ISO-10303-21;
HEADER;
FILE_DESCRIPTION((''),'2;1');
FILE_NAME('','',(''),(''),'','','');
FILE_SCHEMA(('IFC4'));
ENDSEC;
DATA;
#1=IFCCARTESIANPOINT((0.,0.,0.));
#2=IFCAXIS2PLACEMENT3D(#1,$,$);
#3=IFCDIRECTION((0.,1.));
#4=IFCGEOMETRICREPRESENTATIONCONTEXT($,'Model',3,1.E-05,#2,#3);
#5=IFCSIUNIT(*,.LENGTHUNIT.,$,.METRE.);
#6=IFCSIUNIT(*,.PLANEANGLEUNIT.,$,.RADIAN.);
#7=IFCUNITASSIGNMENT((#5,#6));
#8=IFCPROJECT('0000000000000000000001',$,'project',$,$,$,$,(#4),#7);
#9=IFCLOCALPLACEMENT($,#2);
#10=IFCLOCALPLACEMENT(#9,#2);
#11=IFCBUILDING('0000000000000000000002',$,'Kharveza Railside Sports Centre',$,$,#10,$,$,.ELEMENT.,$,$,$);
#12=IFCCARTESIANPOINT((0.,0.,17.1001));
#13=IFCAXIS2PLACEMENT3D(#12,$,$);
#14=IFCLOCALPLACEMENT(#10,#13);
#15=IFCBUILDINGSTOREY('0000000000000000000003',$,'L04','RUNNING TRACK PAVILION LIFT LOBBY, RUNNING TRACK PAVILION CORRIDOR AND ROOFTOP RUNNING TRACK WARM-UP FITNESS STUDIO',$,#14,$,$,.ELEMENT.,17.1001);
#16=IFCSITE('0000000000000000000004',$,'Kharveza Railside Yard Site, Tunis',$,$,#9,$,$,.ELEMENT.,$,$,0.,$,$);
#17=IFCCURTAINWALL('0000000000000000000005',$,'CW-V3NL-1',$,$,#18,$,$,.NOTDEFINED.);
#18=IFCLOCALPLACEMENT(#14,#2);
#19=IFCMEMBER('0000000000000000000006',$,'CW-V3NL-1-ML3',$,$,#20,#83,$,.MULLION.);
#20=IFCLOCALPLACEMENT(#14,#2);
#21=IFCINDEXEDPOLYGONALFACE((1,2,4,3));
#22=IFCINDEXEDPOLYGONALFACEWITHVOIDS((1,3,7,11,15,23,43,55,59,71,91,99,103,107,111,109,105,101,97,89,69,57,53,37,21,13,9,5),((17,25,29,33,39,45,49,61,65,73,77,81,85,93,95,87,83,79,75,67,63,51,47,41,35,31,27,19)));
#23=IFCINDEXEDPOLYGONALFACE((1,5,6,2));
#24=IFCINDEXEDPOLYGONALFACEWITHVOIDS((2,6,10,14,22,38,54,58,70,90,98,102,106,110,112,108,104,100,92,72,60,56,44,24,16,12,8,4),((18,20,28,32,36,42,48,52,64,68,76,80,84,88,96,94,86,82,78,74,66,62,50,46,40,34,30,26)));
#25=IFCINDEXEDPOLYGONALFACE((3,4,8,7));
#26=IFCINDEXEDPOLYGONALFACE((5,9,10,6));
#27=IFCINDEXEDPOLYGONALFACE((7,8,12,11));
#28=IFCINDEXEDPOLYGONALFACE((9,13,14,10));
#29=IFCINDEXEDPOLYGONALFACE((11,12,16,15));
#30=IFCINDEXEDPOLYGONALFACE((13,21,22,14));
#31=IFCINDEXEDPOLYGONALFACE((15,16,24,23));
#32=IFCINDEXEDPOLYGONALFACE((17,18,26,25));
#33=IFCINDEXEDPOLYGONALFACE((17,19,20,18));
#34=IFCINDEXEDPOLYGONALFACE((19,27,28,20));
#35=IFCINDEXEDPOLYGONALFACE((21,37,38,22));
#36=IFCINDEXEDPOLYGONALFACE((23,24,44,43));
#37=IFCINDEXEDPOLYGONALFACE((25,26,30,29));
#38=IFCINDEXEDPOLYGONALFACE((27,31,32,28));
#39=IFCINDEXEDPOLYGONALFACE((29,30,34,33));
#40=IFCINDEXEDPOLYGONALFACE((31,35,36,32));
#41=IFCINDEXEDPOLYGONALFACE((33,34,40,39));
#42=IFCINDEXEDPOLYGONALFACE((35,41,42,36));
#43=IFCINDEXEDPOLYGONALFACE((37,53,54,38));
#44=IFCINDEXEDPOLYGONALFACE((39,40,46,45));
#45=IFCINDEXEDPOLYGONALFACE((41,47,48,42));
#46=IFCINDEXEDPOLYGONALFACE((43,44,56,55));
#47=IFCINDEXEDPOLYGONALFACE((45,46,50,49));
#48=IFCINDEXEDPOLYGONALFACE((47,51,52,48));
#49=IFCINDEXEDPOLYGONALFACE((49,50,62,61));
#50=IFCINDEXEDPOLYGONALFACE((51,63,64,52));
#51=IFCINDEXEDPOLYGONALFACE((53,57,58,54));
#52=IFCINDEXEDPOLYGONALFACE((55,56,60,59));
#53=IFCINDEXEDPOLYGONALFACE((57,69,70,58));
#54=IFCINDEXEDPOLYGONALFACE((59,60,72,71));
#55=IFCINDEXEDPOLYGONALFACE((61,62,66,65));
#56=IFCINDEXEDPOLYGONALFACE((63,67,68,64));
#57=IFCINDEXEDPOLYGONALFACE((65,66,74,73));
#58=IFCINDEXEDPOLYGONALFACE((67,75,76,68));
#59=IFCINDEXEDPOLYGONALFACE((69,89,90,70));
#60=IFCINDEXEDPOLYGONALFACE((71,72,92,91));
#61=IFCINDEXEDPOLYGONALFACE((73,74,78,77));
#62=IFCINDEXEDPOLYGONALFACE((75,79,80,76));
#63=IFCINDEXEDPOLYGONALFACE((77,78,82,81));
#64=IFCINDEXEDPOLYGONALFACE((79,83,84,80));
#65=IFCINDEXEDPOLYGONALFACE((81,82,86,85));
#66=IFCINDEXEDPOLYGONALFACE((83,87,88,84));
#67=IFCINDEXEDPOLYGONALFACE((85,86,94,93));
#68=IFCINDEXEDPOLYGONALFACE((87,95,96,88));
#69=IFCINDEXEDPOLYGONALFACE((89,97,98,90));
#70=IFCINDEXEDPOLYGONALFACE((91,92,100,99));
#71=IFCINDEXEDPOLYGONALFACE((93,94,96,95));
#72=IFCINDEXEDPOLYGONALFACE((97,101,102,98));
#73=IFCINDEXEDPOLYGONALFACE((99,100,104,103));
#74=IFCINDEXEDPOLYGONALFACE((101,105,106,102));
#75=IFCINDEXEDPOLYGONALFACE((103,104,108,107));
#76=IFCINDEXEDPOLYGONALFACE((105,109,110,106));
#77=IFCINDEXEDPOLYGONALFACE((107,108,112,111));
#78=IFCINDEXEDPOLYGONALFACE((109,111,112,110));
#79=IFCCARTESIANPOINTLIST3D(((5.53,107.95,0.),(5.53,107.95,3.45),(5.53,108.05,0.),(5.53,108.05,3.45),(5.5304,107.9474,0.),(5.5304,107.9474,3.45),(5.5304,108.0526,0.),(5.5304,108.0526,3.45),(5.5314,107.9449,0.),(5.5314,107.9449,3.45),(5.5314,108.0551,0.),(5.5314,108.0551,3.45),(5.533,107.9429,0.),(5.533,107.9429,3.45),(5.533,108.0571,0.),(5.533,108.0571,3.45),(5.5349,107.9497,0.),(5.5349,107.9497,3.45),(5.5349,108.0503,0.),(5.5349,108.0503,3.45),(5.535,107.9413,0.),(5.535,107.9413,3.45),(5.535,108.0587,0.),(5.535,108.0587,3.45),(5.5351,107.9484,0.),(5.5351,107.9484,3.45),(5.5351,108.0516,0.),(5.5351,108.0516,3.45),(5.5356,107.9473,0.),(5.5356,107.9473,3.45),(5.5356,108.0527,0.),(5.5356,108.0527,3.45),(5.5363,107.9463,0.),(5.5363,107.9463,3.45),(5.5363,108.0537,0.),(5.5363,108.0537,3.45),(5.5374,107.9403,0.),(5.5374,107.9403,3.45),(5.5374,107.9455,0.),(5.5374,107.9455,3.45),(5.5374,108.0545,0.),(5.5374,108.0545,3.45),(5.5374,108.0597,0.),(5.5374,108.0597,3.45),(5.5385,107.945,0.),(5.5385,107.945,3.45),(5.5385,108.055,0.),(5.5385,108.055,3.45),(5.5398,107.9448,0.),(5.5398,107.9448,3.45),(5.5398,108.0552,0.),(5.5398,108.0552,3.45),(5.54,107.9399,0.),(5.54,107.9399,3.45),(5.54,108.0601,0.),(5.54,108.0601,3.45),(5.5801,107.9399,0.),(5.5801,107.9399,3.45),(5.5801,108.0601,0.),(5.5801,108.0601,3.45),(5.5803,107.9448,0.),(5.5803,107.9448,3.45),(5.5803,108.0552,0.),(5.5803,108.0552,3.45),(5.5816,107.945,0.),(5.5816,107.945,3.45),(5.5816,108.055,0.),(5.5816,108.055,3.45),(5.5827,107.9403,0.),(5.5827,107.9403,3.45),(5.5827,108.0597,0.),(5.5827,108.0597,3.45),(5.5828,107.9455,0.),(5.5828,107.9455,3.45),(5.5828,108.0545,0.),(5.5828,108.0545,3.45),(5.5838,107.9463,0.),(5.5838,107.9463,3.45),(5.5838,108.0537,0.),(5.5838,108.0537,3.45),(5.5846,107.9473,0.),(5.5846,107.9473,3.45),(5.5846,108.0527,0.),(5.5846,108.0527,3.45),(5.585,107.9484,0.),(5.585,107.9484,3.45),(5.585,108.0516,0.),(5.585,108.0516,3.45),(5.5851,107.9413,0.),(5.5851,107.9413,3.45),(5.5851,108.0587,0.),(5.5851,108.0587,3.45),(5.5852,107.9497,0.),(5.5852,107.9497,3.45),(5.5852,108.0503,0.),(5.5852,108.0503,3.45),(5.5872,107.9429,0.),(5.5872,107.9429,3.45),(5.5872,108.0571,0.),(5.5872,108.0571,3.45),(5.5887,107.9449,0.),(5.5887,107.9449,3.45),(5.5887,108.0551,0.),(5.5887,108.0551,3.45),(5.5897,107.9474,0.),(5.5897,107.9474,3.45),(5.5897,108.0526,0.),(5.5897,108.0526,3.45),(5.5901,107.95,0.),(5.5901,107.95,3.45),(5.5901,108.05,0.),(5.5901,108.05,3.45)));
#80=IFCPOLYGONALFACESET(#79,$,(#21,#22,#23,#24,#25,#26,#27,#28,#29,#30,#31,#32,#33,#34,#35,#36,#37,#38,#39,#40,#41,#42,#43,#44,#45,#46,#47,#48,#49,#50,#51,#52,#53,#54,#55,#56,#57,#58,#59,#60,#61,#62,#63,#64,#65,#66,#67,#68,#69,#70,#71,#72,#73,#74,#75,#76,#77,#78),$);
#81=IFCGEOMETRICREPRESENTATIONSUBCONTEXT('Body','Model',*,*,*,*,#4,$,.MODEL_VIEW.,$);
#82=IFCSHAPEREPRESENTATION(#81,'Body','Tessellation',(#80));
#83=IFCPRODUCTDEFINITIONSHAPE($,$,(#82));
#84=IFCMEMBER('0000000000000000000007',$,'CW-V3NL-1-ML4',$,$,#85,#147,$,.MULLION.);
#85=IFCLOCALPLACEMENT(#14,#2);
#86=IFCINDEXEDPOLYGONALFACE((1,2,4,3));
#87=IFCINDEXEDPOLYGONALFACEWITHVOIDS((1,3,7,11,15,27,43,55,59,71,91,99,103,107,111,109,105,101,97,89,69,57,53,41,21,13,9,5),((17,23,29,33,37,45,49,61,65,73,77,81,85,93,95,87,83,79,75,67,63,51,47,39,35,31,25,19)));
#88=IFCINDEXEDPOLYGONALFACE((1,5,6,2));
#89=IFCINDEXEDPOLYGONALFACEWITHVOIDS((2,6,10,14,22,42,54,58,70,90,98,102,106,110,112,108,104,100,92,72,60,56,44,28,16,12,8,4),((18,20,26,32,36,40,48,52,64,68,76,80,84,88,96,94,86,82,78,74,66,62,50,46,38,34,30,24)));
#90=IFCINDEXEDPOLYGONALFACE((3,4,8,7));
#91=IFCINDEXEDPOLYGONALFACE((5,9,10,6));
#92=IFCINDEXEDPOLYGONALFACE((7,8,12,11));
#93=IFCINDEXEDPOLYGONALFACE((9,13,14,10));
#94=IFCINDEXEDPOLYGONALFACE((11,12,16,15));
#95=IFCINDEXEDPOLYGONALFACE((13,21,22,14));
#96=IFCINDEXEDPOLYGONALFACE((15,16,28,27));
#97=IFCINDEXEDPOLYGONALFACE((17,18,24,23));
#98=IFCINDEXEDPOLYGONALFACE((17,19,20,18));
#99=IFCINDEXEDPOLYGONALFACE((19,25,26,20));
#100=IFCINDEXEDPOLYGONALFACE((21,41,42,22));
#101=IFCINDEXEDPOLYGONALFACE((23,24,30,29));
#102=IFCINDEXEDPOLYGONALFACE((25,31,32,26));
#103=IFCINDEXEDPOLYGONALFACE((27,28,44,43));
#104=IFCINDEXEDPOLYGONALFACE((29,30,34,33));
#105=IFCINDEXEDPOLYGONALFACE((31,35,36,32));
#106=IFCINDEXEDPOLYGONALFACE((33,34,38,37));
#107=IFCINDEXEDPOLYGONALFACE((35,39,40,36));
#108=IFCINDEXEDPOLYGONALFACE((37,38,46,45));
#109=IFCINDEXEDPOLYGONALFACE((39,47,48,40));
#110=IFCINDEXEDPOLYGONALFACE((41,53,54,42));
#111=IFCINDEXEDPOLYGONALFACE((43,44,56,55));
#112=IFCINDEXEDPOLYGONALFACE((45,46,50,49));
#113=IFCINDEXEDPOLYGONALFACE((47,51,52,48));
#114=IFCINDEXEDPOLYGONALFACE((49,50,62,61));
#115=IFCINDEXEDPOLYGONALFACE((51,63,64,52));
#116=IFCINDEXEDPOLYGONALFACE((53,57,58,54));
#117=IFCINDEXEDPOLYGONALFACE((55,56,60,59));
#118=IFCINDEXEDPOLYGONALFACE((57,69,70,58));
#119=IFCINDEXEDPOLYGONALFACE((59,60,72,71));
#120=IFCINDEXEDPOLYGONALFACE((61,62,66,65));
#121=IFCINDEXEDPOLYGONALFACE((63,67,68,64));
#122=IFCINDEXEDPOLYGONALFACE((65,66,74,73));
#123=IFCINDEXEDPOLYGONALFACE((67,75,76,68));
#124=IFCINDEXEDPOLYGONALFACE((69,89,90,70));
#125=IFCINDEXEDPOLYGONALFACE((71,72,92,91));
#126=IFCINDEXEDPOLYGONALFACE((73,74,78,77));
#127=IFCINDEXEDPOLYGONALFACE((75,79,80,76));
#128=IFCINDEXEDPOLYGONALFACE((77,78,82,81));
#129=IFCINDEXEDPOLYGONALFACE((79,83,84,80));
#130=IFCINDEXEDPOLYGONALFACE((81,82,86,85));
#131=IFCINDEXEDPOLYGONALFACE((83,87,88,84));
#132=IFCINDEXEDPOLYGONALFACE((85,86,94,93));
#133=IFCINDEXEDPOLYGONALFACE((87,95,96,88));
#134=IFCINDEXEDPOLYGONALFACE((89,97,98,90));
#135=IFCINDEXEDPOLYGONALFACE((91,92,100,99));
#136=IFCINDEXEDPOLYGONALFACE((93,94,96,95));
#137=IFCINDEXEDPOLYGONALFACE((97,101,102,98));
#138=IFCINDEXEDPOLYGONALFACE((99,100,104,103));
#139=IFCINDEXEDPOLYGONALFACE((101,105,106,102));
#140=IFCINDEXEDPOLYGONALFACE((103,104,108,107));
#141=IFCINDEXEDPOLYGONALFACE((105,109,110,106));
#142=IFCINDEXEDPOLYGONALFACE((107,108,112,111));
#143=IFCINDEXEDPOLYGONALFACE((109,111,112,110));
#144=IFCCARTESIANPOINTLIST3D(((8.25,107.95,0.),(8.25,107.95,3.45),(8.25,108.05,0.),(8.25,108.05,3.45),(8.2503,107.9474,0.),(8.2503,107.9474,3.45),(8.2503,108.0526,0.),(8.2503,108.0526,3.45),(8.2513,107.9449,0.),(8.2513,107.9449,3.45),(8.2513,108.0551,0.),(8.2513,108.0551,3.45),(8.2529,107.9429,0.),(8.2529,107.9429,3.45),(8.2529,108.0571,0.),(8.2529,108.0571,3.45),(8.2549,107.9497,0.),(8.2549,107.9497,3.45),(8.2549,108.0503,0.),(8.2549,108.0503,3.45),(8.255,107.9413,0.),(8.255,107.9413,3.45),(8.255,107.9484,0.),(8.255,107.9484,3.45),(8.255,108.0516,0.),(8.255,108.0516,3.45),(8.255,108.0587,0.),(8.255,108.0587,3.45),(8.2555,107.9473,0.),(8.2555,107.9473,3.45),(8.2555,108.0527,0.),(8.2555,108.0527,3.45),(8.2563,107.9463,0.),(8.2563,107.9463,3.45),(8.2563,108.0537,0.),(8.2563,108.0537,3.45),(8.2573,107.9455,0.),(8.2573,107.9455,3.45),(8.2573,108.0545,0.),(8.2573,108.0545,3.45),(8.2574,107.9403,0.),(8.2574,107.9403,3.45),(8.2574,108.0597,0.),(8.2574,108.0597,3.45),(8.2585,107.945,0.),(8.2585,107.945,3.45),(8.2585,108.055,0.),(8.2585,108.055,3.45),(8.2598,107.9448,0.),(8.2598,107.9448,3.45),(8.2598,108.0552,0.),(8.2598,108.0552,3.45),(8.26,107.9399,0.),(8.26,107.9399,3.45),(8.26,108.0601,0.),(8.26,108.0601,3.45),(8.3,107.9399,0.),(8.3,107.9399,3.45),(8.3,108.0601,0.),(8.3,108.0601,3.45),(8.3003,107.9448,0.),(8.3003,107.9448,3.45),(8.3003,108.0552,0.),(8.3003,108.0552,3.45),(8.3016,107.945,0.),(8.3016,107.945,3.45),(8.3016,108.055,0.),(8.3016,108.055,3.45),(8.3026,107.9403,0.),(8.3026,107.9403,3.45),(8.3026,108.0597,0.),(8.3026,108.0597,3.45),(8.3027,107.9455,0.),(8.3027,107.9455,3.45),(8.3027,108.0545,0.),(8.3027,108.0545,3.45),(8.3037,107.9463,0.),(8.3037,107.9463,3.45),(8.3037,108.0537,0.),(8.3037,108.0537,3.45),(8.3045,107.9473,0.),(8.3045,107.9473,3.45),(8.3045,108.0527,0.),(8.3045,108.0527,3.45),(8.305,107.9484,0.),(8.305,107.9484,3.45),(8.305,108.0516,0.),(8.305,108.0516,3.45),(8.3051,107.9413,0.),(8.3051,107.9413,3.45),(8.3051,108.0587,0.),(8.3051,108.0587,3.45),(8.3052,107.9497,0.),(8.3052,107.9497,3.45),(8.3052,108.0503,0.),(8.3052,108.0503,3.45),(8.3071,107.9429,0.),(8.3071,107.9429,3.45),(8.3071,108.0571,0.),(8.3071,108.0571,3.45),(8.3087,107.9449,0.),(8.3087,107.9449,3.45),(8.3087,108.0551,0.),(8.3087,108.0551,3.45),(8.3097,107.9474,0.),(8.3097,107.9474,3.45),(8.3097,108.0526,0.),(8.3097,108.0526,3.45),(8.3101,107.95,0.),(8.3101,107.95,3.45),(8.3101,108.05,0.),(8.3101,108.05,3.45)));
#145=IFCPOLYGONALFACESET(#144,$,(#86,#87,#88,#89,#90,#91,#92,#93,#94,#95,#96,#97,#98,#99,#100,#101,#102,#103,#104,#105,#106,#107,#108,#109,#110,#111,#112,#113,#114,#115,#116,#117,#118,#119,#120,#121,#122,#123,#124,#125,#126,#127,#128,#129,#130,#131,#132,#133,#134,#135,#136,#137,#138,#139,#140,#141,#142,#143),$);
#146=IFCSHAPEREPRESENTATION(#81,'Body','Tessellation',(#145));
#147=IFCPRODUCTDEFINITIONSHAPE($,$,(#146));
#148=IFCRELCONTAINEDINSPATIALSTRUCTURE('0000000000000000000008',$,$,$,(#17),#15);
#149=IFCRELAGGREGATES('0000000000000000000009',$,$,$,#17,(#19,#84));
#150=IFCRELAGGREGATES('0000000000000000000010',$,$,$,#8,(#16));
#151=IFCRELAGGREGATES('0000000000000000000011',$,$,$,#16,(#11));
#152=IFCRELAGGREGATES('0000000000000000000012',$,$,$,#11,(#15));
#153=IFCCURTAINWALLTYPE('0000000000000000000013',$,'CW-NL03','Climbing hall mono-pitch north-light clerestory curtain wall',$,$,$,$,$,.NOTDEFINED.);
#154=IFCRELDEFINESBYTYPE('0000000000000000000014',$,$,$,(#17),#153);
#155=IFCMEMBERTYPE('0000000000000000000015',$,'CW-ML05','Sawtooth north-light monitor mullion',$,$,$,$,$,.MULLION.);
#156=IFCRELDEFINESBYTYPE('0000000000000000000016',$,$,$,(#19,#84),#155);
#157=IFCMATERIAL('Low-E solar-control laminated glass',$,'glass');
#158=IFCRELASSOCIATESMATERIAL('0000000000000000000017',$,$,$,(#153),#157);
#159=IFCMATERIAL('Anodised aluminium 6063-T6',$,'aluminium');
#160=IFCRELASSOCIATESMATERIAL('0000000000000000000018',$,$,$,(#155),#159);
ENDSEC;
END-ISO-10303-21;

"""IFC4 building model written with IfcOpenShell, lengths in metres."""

from ifc_helpers import new_model, si_unit, direction, frame, origin, origin_2d, place, context, subcontext, project, spatial, hollow_rectangle, extrude, material, material_profile, profile_set, type_object, element, aggregate, save


model = new_model("IFC4")

# Units and contexts
model_context = context("Model", 3, precision=1e-05, world=origin(), true_north=direction((0.0, 1.0)))
body_context = subcontext(model_context, "Body", "Model", "MODEL_VIEW")
ifc_project = project(units=[si_unit("LENGTHUNIT", "METRE"), si_unit("PLANEANGLEUNIT", "RADIAN")], contexts=[model_context])

# Site, building, storey
site_placement = place(None, origin())
site = spatial("IfcSite", under=ifc_project, at=site_placement, Name="Kharveza Railside Yard Site, Tunis", CompositionType="ELEMENT", RefElevation=0.0)
building_placement = place(site_placement, origin())
building = spatial("IfcBuilding", under=site, at=building_placement, Name="Kharveza Railside Sports Centre", CompositionType="ELEMENT")
storey_placement = place(building_placement, frame((0.0, 0.0, 17.1001)))
storey = spatial("IfcBuildingStorey", under=building, at=storey_placement, Name="L04", Description="RUNNING TRACK PAVILION LIFT LOBBY, RUNNING TRACK PAVILION CORRIDOR AND ROOFTOP RUNNING TRACK WARM-UP FITNESS STUDIO", CompositionType="ELEMENT", Elevation=17.1001)

# Curtain wall, members
ifc_material_1 = material(Name="Low-E solar-control laminated glass", Category="glass")
curtain_wall_type = type_object("IfcCurtainWallType", Name="CW-NL03", Description="Climbing hall mono-pitch north-light clerestory curtain wall", PredefinedType="NOTDEFINED", material=ifc_material_1)
curtain_wall_placement = place(storey_placement, origin())
curtain_wall = element("IfcCurtainWall", 1, at=curtain_wall_placement, inside=storey, type_object=curtain_wall_type, Name="CW-V3NL-1", PredefinedType="NOTDEFINED")
ifc_material_2 = material(Name="Anodised aluminium 6063-T6", Category="aluminium")
ifc_material_profile_1 = material_profile(ifc_material_2, hollow_rectangle(XDim=0.0601, YDim=0.1201, WallThickness=0.0049, InnerFilletRadius=0.0049, OuterFilletRadius=0.01, at=origin_2d()), Name="RHS 60x120x5.0")
ifc_profile_set_1 = profile_set([ifc_material_profile_1], Name="Anodised aluminium 6063-T6")
member_type_1 = type_object("IfcMemberType", Name="CW-ML05", Description="Sawtooth north-light monitor mullion", PredefinedType="MULLION", material=ifc_profile_set_1)
member_1_placement = place(storey_placement, frame((5.5601, 108.0, 0.0), z_axis=(0.0, 0.0, 1.0), x_axis=(1.0, 0.0, 0.0)))
member_1 = element("IfcMember", 2, at=member_1_placement, type_object=member_type_1, Name="CW-V3NL-1-ML3", PredefinedType="MULLION", context=body_context, shape_type="SweptSolid", body=[
    extrude(hollow_rectangle(XDim=0.0601, YDim=0.1201, WallThickness=0.0049, InnerFilletRadius=0.0049, OuterFilletRadius=0.01, at=origin_2d()), origin(), (0.0, 0.0, 1.0), 3.45),
])
member_2_placement = place(storey_placement, frame((8.28, 108.0, 0.0), z_axis=(0.0, 0.0, 1.0), x_axis=(1.0, 0.0, 0.0)))
member_2 = element("IfcMember", 3, at=member_2_placement, type_object=member_type_1, Name="CW-V3NL-1-ML4", PredefinedType="MULLION", context=body_context, shape_type="SweptSolid", body=[
    extrude(hollow_rectangle(XDim=0.0601, YDim=0.1201, WallThickness=0.0049, InnerFilletRadius=0.0049, OuterFilletRadius=0.01, at=origin_2d()), origin(), (0.0, 0.0, 1.0), 3.45),
])

aggregate(curtain_wall, [member_1, member_2])

save(model, "model.ifc")
